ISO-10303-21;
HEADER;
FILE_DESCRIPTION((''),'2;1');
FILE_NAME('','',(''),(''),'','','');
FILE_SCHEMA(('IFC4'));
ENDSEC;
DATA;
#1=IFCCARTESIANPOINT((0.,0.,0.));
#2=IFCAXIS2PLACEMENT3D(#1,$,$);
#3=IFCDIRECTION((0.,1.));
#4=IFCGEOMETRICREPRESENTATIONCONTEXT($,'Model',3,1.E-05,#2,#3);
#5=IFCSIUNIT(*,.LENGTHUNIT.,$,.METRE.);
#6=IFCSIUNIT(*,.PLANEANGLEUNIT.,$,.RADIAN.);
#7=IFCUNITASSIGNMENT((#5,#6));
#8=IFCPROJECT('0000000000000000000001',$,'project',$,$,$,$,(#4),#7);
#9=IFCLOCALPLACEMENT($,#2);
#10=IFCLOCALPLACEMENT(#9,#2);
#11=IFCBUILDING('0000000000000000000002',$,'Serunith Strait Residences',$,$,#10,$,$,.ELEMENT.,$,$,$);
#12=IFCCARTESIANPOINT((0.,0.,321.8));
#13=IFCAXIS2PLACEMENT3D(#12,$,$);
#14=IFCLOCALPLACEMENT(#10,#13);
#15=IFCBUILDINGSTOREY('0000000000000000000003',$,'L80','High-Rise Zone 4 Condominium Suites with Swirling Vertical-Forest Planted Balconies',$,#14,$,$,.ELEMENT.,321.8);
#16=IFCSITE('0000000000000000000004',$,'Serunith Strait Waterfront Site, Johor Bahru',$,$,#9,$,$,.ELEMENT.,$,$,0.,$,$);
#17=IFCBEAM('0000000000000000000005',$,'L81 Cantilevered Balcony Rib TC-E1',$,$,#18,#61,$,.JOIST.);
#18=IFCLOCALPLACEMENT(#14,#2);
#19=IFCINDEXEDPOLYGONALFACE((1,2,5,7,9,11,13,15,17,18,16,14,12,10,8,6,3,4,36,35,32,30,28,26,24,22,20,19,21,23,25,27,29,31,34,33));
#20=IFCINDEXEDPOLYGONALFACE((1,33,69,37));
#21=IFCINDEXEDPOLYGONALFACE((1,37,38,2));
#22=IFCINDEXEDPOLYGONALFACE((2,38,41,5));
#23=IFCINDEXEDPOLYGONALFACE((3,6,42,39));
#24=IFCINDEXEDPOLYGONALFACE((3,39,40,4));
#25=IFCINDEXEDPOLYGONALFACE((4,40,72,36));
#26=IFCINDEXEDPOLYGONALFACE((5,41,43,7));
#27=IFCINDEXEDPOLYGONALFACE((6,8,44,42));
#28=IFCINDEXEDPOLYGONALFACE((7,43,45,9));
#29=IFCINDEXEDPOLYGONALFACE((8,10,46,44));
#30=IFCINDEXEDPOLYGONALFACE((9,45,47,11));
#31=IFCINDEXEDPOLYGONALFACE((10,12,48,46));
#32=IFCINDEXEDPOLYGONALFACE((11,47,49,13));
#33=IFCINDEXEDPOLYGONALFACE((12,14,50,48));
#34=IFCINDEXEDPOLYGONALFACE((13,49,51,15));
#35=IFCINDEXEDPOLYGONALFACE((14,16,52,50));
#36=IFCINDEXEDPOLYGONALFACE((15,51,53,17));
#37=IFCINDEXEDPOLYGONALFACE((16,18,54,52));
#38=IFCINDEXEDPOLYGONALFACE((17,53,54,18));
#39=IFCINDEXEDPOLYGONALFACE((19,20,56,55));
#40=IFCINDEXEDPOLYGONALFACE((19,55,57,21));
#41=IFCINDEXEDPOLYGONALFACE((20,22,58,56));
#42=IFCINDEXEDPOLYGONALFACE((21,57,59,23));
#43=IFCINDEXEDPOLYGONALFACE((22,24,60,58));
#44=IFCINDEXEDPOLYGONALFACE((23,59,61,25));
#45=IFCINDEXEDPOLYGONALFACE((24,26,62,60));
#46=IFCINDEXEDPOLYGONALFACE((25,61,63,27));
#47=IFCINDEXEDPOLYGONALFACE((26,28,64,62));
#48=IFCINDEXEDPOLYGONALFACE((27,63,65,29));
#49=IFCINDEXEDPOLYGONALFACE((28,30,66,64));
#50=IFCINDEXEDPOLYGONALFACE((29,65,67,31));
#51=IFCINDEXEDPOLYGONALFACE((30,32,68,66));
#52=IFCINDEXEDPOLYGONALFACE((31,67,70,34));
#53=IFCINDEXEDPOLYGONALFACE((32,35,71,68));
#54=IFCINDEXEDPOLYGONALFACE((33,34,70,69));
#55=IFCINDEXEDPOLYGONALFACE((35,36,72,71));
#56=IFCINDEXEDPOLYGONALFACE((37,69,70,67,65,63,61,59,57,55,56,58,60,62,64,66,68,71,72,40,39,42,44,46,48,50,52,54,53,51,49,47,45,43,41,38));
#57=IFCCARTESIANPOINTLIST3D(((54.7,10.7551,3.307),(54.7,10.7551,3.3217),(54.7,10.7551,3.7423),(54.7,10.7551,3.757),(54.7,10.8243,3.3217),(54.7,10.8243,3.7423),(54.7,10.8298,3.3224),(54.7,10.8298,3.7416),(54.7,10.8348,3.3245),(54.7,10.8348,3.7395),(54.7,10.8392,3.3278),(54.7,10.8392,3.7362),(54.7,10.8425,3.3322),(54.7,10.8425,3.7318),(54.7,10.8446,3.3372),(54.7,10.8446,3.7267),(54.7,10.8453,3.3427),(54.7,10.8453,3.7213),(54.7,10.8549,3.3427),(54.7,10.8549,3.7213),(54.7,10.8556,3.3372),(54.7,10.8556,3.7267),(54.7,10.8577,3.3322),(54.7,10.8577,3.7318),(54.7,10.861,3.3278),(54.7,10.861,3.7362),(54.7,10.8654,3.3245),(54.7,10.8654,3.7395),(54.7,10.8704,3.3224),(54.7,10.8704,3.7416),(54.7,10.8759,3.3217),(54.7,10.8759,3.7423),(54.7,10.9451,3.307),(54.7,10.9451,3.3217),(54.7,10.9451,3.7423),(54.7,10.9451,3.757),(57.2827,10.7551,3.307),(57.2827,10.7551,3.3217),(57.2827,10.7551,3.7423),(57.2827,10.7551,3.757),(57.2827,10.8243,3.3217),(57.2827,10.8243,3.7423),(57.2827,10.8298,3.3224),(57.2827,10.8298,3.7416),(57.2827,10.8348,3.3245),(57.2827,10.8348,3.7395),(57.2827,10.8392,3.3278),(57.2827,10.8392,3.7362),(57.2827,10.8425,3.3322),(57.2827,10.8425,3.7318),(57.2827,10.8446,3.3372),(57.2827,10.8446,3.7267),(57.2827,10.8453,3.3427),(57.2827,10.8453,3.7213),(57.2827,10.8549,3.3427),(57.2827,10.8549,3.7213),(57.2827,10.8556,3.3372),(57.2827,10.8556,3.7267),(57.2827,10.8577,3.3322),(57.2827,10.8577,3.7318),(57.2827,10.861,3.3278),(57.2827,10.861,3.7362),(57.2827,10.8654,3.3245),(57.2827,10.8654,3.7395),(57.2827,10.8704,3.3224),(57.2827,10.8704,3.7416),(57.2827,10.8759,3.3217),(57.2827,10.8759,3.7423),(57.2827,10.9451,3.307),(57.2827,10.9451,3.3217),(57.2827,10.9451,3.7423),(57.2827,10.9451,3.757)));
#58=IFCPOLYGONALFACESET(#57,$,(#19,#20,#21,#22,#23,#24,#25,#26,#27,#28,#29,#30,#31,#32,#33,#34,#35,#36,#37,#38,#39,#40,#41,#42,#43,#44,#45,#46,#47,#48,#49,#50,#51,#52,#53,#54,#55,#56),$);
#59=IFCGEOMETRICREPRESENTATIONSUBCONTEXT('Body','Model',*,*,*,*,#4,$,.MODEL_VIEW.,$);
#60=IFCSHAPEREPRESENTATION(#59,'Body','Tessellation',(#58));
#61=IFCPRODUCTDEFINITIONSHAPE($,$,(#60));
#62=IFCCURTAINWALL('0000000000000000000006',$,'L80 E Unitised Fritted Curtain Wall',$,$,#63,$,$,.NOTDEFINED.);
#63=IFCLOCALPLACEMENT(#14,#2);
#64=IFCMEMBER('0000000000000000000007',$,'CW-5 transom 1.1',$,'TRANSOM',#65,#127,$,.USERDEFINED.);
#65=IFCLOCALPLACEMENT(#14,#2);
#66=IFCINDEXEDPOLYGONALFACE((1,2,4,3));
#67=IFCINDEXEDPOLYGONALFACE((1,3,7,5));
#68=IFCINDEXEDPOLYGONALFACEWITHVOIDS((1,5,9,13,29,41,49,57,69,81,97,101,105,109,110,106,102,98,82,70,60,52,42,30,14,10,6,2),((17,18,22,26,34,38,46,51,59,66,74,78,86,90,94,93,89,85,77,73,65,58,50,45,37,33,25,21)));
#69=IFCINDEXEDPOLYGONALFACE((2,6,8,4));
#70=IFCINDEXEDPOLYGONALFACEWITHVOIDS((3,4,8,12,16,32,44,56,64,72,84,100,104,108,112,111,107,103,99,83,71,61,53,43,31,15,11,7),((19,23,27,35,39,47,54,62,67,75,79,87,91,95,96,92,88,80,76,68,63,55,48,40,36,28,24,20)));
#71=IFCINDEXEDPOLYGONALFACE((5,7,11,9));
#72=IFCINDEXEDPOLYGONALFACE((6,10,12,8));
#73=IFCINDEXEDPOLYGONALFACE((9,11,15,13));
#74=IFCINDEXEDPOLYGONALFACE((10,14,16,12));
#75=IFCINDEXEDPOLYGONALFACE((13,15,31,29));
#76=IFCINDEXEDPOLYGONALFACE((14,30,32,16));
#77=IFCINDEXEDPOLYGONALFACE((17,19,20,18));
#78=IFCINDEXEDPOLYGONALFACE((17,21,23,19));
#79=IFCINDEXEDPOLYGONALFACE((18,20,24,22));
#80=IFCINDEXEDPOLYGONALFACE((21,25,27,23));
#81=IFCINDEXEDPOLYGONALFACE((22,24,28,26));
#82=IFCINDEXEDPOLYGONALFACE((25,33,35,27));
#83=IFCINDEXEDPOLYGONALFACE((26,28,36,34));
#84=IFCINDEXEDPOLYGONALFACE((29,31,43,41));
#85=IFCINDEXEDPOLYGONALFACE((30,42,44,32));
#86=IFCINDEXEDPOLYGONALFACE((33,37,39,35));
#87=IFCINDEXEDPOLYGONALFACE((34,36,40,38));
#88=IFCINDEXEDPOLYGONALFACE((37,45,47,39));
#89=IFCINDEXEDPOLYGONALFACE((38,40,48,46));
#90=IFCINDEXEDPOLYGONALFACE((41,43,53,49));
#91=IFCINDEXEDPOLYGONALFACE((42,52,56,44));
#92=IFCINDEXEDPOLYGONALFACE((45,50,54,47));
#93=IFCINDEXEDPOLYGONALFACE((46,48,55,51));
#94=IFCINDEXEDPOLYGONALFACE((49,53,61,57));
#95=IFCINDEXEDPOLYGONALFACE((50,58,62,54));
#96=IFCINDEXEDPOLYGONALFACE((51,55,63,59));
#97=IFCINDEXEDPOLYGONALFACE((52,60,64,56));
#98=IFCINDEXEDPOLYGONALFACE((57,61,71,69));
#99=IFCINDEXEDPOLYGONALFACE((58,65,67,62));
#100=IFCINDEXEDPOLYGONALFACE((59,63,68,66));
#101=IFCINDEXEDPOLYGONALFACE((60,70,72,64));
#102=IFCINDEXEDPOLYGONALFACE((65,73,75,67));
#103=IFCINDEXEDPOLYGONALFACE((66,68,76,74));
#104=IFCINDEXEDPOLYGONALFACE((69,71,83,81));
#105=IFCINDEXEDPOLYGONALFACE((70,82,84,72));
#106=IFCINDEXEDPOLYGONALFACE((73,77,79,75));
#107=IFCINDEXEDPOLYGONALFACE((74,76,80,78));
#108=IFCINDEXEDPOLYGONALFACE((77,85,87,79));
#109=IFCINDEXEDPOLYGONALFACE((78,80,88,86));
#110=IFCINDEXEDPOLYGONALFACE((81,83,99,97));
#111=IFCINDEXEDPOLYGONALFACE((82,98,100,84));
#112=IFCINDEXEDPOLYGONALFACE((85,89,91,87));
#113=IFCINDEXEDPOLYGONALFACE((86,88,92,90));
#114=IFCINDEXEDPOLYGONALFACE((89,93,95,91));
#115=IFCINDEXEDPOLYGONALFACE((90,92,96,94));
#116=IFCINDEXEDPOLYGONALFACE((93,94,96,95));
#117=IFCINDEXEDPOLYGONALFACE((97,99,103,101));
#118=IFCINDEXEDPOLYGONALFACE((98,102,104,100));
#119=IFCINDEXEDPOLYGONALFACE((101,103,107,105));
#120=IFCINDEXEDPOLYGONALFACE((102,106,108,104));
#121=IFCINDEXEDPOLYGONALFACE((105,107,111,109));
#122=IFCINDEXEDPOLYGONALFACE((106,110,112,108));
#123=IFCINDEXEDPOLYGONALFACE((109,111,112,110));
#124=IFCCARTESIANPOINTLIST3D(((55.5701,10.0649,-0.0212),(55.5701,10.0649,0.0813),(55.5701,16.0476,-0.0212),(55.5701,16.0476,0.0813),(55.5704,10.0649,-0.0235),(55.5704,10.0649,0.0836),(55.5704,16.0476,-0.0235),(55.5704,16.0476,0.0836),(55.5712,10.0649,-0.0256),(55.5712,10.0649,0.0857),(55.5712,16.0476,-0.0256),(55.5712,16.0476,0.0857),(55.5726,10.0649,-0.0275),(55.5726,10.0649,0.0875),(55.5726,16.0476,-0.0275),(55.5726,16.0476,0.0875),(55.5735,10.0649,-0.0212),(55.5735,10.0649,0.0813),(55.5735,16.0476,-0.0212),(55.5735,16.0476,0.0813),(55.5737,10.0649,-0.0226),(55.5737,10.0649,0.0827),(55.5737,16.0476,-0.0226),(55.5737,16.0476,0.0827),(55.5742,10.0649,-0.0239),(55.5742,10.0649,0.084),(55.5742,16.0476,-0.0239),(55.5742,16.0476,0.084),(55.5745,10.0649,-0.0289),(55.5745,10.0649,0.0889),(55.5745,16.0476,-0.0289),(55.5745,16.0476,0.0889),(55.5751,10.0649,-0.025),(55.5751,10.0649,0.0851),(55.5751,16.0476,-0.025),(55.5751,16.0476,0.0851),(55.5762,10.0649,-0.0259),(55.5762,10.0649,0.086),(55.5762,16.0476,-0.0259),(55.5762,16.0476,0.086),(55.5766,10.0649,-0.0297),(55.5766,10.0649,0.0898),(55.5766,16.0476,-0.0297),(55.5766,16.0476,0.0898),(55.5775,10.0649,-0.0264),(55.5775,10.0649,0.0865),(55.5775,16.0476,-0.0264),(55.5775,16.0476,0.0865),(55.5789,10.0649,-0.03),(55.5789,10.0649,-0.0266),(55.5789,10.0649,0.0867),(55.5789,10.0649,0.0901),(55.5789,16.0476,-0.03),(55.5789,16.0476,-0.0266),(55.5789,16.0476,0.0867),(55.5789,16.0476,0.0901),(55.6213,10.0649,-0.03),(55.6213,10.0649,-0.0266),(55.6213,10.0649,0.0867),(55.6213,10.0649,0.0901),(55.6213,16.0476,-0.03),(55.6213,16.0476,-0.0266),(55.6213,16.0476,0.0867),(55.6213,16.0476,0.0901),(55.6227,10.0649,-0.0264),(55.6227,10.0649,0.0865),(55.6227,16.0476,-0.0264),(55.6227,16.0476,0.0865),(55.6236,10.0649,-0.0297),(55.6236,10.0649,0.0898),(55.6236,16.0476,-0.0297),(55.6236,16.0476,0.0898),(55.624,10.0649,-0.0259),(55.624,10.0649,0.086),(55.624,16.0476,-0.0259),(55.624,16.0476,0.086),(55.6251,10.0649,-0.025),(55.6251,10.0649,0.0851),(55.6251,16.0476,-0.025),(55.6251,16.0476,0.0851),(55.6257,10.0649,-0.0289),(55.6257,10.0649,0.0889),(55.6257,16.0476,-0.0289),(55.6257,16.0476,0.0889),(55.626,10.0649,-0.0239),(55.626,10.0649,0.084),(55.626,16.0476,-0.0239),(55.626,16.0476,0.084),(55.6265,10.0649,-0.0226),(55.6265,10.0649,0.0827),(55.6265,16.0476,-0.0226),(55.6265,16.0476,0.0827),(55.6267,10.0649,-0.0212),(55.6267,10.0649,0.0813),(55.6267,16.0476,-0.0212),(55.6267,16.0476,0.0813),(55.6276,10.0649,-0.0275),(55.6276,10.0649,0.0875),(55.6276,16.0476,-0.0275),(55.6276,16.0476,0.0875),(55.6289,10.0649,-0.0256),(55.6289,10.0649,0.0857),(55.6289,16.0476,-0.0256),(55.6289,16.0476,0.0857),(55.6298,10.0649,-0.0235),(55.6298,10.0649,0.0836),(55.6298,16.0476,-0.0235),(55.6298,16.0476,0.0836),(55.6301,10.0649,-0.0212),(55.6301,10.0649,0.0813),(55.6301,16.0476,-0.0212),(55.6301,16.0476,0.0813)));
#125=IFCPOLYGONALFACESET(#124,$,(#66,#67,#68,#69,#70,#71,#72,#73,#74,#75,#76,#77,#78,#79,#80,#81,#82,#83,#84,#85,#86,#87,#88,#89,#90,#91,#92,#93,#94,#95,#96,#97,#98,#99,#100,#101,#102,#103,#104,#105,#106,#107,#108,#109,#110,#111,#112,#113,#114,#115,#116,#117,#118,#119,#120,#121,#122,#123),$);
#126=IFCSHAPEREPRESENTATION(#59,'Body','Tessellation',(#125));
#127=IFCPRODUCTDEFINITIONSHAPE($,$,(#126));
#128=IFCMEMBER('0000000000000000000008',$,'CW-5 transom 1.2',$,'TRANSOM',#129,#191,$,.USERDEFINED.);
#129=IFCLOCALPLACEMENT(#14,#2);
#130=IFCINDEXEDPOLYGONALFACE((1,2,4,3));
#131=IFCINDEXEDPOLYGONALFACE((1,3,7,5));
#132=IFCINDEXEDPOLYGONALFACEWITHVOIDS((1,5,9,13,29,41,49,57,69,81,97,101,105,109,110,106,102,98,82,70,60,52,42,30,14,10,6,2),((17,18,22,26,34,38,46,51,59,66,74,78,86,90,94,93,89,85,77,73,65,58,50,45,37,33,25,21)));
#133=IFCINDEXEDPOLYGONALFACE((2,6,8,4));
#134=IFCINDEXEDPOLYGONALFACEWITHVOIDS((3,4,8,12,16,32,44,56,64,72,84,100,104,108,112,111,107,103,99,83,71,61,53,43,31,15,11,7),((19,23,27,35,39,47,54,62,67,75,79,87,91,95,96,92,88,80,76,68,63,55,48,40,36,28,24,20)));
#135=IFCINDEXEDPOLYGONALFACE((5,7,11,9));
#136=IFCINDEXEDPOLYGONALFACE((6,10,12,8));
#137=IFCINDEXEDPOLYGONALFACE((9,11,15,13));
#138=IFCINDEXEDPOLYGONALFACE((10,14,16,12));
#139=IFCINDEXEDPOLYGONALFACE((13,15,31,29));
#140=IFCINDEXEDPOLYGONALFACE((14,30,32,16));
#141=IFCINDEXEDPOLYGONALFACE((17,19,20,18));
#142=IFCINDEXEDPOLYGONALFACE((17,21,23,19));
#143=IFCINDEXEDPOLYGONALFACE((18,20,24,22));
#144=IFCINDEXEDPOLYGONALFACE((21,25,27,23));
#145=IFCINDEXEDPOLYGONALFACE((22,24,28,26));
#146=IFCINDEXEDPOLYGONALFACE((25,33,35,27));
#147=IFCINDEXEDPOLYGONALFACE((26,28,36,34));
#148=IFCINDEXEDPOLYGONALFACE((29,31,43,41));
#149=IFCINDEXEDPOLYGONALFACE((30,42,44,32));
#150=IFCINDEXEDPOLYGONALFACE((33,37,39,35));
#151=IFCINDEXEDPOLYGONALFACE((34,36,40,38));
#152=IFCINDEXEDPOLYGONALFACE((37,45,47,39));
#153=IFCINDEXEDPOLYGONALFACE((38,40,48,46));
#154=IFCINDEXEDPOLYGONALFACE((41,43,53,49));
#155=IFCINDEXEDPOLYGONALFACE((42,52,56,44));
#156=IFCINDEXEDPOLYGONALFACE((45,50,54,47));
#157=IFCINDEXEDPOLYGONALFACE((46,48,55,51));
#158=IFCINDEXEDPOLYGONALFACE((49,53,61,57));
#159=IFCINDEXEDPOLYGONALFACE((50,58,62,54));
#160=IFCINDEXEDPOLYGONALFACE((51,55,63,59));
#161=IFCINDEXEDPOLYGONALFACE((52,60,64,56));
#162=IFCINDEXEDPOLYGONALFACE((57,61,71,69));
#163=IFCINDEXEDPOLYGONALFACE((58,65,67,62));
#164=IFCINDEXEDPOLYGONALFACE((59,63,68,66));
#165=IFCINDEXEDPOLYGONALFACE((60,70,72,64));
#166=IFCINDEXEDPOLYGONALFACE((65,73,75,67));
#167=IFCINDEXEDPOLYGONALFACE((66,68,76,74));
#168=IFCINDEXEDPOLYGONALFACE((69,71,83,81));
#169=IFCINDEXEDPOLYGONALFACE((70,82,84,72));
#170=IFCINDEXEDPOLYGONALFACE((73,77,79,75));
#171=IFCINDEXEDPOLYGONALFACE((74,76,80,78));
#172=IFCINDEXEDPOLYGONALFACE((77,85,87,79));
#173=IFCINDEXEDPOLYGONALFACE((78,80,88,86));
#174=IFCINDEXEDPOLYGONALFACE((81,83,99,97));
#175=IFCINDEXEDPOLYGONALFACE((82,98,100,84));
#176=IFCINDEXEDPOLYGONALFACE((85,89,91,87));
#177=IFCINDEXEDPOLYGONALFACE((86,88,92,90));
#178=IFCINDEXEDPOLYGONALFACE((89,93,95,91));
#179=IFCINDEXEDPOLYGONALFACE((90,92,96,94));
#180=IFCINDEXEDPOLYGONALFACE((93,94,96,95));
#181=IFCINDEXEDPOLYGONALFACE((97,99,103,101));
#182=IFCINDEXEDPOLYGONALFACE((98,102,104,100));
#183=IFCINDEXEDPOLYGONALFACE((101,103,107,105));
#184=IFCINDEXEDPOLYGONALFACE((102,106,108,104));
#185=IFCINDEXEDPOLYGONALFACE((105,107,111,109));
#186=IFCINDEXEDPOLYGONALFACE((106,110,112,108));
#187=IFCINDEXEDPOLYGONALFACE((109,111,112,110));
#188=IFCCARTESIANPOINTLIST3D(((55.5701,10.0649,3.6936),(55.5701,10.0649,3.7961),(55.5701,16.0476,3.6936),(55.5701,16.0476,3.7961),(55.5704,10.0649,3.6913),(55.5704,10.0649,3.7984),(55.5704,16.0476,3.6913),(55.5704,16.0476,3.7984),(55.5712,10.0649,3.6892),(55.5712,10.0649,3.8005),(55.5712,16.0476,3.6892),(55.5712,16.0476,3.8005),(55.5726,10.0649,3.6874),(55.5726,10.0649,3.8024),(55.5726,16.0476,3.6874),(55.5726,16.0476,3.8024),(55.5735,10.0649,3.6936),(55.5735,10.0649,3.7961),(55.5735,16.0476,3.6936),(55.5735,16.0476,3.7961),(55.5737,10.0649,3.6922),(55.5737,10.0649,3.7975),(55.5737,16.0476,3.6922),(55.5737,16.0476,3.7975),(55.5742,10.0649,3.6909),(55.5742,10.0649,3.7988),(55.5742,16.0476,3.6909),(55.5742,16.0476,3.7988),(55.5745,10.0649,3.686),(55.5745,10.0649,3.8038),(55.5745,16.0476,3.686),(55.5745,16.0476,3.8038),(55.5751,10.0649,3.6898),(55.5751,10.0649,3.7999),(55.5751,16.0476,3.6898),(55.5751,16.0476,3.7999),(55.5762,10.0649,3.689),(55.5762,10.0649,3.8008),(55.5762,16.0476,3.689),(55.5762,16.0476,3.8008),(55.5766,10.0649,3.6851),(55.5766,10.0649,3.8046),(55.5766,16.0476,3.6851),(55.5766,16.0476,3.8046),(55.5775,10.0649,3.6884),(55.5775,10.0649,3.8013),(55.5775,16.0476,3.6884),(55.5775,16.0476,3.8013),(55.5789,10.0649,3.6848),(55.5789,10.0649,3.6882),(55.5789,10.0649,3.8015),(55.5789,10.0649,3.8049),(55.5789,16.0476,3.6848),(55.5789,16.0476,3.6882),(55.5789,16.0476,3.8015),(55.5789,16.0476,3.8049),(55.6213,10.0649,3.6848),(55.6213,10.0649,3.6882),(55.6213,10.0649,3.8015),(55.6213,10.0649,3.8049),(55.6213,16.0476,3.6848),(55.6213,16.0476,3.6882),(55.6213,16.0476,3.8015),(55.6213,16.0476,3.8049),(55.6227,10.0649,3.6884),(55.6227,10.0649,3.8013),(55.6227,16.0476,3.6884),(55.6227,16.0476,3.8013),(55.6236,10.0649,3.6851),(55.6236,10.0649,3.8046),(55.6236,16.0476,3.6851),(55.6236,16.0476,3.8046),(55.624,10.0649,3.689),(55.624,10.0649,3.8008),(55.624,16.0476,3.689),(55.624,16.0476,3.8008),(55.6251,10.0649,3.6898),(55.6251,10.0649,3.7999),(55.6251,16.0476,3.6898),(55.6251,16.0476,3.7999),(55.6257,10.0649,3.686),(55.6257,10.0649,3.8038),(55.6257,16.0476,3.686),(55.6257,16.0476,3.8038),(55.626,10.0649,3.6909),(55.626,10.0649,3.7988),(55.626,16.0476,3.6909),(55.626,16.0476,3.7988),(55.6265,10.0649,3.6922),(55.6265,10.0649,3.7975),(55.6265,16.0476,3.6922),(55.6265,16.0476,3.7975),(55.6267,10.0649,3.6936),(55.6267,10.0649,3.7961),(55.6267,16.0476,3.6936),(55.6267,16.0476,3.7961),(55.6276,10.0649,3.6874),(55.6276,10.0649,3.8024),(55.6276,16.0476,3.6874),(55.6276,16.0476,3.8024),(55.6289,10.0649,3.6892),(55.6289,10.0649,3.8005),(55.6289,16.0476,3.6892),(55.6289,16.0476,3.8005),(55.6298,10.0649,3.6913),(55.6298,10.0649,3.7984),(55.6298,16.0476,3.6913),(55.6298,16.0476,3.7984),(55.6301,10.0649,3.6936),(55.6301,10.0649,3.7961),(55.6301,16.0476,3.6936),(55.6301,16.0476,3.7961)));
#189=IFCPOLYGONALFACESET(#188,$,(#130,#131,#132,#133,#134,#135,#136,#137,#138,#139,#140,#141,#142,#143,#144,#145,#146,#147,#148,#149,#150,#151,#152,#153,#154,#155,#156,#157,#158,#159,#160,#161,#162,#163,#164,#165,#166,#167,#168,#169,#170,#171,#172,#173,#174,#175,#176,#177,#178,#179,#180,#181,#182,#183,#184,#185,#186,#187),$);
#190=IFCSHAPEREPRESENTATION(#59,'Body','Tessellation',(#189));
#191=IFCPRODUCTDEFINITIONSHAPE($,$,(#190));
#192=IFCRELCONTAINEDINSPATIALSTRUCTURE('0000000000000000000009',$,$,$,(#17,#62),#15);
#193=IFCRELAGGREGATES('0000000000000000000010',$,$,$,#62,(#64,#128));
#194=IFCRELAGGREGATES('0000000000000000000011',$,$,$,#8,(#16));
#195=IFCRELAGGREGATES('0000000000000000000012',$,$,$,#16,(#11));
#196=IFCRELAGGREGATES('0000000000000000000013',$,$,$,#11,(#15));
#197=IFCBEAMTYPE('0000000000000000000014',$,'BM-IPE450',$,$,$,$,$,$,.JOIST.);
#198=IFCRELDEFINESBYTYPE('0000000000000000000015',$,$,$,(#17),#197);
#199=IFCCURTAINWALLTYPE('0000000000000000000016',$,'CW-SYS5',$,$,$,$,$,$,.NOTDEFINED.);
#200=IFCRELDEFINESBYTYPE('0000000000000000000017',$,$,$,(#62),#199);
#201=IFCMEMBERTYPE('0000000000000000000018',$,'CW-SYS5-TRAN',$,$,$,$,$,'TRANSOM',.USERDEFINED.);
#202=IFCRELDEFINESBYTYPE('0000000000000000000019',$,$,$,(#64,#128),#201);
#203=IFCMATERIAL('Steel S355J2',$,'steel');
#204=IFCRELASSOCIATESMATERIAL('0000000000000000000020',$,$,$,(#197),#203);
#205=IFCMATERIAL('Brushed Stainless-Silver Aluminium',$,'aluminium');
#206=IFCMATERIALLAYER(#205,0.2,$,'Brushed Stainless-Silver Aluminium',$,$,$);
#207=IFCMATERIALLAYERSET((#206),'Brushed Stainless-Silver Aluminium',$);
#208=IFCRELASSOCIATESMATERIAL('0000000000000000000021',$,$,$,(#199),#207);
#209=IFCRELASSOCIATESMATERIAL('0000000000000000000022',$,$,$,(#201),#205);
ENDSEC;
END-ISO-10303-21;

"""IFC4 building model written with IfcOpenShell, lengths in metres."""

from ifc_helpers import new_model, si_unit, direction, frame, origin, origin_2d, place, context, subcontext, project, spatial, hollow_rectangle, i_section, extrude, source, transform, mapped, material, layer, layer_set, material_profile, profile_set, type_object, element, aggregate, save


model = new_model("IFC4")

# Units and contexts
model_context = context("Model", 3, precision=1e-05, world=origin(), true_north=direction((0.0, 1.0)))
body_context = subcontext(model_context, "Body", "Model", "MODEL_VIEW")
ifc_project = project(units=[si_unit("LENGTHUNIT", "METRE"), si_unit("PLANEANGLEUNIT", "RADIAN")], contexts=[model_context])

# Site, building, storey
site_placement = place(None, origin())
site = spatial("IfcSite", under=ifc_project, at=site_placement, Name="Serunith Strait Waterfront Site, Johor Bahru", CompositionType="ELEMENT", RefElevation=0.0)
building_placement = place(site_placement, origin())
building = spatial("IfcBuilding", under=site, at=building_placement, Name="Serunith Strait Residences", CompositionType="ELEMENT")
storey_placement = place(building_placement, frame((0.0, 0.0, 321.8)))
storey = spatial("IfcBuildingStorey", under=building, at=storey_placement, Name="L80", Description="High-Rise Zone 4 Condominium Suites with Swirling Vertical-Forest Planted Balconies", CompositionType="ELEMENT", Elevation=321.8)

# Beam
ifc_material_1 = material(Name="Steel S355J2", Category="steel")
ifc_material_profile_1 = material_profile(ifc_material_1, i_section(OverallWidth=0.1899, OverallDepth=0.45, WebThickness=0.0095, FlangeThickness=0.0146, FilletRadius=0.021, at=origin_2d()), Name="IPE 450")
ifc_profile_set_1 = profile_set([ifc_material_profile_1], Name="Steel S355J2")
beam_type_1 = type_object("IfcBeamType", Name="BM-IPE450", PredefinedType="JOIST", material=ifc_profile_set_1)
shared_shape_1 = source(origin(), body_context, "Body", "SweptSolid", [
    extrude(i_section(OverallWidth=0.1899, OverallDepth=0.45, WebThickness=0.0095, FlangeThickness=0.0146, FilletRadius=0.021, at=origin_2d()), origin(), (0.0, 0.0, 1.0), 2.5828),
])
beam_1_placement = place(storey_placement, frame((54.7, 10.8501, 3.532), z_axis=(1.0, 0.0, 0.0), x_axis=(0.0, 1.0, 0.0)))
element("IfcBeam", 1, at=beam_1_placement, inside=storey, type_object=beam_type_1, Name="L81 Cantilevered Balcony Rib TC-E1", PredefinedType="JOIST", context=body_context, shape_type="MappedRepresentation", body=[
    mapped(shared_shape_1, transform((0.0, 0.0, 0.0), scale=1.0)),
])

# Curtain wall, members
ifc_material_2 = material(Name="Brushed Stainless-Silver Aluminium", Category="aluminium")
ifc_layer_1 = layer(ifc_material_2, 0.2, Name="Brushed Stainless-Silver Aluminium")
ifc_layer_set_1 = layer_set([ifc_layer_1], Name="Brushed Stainless-Silver Aluminium")
curtain_wall_type = type_object("IfcCurtainWallType", Name="CW-SYS5", PredefinedType="NOTDEFINED", material=ifc_layer_set_1)
curtain_wall_1_placement = place(storey_placement, origin())
curtain_wall_1 = element("IfcCurtainWall", 2, at=curtain_wall_1_placement, inside=storey, type_object=curtain_wall_type, Name="L80 E Unitised Fritted Curtain Wall", PredefinedType="NOTDEFINED")
ifc_material_profile_2 = material_profile(ifc_material_2, hollow_rectangle(XDim=0.0601, YDim=0.1201, WallThickness=0.0034, InnerFilletRadius=0.0054, OuterFilletRadius=0.0088, at=origin_2d()), Name="ALU 120x60x3.5")
ifc_profile_set_2 = profile_set([ifc_material_profile_2], Name="Brushed Stainless-Silver Aluminium")
member_type_1 = type_object("IfcMemberType", Name="CW-SYS5-TRAN", ElementType="TRANSOM", PredefinedType="USERDEFINED", material=ifc_profile_set_2)
shared_shape_2 = source(origin(), body_context, "Body", "SweptSolid", [
    extrude(hollow_rectangle(XDim=0.0601, YDim=0.1201, WallThickness=0.0034, InnerFilletRadius=0.0054, OuterFilletRadius=0.0088, at=origin_2d()), origin(), (0.0, 0.0, 1.0), 5.9827),
])
member_1_placement = place(storey_placement, frame((55.6001, 10.0649, 0.03), z_axis=(0.0, 1.0, 0.0), x_axis=(-1.0, 0.0, 0.0)))
member_1 = element("IfcMember", 3, at=member_1_placement, type_object=member_type_1, Name="CW-5 transom 1.1", ObjectType="TRANSOM", PredefinedType="USERDEFINED", context=body_context, shape_type="MappedRepresentation", body=[
    mapped(shared_shape_2, transform((0.0, 0.0, 0.0), scale=1.0)),
])
member_2_placement = place(storey_placement, frame((55.6001, 10.0649, 3.7449), z_axis=(0.0, 1.0, 0.0), x_axis=(-1.0, 0.0, 0.0)))
member_2 = element("IfcMember", 4, at=member_2_placement, type_object=member_type_1, Name="CW-5 transom 1.2", ObjectType="TRANSOM", PredefinedType="USERDEFINED", context=body_context, shape_type="MappedRepresentation", body=[
    mapped(shared_shape_2, transform((0.0, 0.0, 0.0), scale=1.0)),
])

aggregate(curtain_wall_1, [member_1, member_2])

save(model, "model.ifc")
